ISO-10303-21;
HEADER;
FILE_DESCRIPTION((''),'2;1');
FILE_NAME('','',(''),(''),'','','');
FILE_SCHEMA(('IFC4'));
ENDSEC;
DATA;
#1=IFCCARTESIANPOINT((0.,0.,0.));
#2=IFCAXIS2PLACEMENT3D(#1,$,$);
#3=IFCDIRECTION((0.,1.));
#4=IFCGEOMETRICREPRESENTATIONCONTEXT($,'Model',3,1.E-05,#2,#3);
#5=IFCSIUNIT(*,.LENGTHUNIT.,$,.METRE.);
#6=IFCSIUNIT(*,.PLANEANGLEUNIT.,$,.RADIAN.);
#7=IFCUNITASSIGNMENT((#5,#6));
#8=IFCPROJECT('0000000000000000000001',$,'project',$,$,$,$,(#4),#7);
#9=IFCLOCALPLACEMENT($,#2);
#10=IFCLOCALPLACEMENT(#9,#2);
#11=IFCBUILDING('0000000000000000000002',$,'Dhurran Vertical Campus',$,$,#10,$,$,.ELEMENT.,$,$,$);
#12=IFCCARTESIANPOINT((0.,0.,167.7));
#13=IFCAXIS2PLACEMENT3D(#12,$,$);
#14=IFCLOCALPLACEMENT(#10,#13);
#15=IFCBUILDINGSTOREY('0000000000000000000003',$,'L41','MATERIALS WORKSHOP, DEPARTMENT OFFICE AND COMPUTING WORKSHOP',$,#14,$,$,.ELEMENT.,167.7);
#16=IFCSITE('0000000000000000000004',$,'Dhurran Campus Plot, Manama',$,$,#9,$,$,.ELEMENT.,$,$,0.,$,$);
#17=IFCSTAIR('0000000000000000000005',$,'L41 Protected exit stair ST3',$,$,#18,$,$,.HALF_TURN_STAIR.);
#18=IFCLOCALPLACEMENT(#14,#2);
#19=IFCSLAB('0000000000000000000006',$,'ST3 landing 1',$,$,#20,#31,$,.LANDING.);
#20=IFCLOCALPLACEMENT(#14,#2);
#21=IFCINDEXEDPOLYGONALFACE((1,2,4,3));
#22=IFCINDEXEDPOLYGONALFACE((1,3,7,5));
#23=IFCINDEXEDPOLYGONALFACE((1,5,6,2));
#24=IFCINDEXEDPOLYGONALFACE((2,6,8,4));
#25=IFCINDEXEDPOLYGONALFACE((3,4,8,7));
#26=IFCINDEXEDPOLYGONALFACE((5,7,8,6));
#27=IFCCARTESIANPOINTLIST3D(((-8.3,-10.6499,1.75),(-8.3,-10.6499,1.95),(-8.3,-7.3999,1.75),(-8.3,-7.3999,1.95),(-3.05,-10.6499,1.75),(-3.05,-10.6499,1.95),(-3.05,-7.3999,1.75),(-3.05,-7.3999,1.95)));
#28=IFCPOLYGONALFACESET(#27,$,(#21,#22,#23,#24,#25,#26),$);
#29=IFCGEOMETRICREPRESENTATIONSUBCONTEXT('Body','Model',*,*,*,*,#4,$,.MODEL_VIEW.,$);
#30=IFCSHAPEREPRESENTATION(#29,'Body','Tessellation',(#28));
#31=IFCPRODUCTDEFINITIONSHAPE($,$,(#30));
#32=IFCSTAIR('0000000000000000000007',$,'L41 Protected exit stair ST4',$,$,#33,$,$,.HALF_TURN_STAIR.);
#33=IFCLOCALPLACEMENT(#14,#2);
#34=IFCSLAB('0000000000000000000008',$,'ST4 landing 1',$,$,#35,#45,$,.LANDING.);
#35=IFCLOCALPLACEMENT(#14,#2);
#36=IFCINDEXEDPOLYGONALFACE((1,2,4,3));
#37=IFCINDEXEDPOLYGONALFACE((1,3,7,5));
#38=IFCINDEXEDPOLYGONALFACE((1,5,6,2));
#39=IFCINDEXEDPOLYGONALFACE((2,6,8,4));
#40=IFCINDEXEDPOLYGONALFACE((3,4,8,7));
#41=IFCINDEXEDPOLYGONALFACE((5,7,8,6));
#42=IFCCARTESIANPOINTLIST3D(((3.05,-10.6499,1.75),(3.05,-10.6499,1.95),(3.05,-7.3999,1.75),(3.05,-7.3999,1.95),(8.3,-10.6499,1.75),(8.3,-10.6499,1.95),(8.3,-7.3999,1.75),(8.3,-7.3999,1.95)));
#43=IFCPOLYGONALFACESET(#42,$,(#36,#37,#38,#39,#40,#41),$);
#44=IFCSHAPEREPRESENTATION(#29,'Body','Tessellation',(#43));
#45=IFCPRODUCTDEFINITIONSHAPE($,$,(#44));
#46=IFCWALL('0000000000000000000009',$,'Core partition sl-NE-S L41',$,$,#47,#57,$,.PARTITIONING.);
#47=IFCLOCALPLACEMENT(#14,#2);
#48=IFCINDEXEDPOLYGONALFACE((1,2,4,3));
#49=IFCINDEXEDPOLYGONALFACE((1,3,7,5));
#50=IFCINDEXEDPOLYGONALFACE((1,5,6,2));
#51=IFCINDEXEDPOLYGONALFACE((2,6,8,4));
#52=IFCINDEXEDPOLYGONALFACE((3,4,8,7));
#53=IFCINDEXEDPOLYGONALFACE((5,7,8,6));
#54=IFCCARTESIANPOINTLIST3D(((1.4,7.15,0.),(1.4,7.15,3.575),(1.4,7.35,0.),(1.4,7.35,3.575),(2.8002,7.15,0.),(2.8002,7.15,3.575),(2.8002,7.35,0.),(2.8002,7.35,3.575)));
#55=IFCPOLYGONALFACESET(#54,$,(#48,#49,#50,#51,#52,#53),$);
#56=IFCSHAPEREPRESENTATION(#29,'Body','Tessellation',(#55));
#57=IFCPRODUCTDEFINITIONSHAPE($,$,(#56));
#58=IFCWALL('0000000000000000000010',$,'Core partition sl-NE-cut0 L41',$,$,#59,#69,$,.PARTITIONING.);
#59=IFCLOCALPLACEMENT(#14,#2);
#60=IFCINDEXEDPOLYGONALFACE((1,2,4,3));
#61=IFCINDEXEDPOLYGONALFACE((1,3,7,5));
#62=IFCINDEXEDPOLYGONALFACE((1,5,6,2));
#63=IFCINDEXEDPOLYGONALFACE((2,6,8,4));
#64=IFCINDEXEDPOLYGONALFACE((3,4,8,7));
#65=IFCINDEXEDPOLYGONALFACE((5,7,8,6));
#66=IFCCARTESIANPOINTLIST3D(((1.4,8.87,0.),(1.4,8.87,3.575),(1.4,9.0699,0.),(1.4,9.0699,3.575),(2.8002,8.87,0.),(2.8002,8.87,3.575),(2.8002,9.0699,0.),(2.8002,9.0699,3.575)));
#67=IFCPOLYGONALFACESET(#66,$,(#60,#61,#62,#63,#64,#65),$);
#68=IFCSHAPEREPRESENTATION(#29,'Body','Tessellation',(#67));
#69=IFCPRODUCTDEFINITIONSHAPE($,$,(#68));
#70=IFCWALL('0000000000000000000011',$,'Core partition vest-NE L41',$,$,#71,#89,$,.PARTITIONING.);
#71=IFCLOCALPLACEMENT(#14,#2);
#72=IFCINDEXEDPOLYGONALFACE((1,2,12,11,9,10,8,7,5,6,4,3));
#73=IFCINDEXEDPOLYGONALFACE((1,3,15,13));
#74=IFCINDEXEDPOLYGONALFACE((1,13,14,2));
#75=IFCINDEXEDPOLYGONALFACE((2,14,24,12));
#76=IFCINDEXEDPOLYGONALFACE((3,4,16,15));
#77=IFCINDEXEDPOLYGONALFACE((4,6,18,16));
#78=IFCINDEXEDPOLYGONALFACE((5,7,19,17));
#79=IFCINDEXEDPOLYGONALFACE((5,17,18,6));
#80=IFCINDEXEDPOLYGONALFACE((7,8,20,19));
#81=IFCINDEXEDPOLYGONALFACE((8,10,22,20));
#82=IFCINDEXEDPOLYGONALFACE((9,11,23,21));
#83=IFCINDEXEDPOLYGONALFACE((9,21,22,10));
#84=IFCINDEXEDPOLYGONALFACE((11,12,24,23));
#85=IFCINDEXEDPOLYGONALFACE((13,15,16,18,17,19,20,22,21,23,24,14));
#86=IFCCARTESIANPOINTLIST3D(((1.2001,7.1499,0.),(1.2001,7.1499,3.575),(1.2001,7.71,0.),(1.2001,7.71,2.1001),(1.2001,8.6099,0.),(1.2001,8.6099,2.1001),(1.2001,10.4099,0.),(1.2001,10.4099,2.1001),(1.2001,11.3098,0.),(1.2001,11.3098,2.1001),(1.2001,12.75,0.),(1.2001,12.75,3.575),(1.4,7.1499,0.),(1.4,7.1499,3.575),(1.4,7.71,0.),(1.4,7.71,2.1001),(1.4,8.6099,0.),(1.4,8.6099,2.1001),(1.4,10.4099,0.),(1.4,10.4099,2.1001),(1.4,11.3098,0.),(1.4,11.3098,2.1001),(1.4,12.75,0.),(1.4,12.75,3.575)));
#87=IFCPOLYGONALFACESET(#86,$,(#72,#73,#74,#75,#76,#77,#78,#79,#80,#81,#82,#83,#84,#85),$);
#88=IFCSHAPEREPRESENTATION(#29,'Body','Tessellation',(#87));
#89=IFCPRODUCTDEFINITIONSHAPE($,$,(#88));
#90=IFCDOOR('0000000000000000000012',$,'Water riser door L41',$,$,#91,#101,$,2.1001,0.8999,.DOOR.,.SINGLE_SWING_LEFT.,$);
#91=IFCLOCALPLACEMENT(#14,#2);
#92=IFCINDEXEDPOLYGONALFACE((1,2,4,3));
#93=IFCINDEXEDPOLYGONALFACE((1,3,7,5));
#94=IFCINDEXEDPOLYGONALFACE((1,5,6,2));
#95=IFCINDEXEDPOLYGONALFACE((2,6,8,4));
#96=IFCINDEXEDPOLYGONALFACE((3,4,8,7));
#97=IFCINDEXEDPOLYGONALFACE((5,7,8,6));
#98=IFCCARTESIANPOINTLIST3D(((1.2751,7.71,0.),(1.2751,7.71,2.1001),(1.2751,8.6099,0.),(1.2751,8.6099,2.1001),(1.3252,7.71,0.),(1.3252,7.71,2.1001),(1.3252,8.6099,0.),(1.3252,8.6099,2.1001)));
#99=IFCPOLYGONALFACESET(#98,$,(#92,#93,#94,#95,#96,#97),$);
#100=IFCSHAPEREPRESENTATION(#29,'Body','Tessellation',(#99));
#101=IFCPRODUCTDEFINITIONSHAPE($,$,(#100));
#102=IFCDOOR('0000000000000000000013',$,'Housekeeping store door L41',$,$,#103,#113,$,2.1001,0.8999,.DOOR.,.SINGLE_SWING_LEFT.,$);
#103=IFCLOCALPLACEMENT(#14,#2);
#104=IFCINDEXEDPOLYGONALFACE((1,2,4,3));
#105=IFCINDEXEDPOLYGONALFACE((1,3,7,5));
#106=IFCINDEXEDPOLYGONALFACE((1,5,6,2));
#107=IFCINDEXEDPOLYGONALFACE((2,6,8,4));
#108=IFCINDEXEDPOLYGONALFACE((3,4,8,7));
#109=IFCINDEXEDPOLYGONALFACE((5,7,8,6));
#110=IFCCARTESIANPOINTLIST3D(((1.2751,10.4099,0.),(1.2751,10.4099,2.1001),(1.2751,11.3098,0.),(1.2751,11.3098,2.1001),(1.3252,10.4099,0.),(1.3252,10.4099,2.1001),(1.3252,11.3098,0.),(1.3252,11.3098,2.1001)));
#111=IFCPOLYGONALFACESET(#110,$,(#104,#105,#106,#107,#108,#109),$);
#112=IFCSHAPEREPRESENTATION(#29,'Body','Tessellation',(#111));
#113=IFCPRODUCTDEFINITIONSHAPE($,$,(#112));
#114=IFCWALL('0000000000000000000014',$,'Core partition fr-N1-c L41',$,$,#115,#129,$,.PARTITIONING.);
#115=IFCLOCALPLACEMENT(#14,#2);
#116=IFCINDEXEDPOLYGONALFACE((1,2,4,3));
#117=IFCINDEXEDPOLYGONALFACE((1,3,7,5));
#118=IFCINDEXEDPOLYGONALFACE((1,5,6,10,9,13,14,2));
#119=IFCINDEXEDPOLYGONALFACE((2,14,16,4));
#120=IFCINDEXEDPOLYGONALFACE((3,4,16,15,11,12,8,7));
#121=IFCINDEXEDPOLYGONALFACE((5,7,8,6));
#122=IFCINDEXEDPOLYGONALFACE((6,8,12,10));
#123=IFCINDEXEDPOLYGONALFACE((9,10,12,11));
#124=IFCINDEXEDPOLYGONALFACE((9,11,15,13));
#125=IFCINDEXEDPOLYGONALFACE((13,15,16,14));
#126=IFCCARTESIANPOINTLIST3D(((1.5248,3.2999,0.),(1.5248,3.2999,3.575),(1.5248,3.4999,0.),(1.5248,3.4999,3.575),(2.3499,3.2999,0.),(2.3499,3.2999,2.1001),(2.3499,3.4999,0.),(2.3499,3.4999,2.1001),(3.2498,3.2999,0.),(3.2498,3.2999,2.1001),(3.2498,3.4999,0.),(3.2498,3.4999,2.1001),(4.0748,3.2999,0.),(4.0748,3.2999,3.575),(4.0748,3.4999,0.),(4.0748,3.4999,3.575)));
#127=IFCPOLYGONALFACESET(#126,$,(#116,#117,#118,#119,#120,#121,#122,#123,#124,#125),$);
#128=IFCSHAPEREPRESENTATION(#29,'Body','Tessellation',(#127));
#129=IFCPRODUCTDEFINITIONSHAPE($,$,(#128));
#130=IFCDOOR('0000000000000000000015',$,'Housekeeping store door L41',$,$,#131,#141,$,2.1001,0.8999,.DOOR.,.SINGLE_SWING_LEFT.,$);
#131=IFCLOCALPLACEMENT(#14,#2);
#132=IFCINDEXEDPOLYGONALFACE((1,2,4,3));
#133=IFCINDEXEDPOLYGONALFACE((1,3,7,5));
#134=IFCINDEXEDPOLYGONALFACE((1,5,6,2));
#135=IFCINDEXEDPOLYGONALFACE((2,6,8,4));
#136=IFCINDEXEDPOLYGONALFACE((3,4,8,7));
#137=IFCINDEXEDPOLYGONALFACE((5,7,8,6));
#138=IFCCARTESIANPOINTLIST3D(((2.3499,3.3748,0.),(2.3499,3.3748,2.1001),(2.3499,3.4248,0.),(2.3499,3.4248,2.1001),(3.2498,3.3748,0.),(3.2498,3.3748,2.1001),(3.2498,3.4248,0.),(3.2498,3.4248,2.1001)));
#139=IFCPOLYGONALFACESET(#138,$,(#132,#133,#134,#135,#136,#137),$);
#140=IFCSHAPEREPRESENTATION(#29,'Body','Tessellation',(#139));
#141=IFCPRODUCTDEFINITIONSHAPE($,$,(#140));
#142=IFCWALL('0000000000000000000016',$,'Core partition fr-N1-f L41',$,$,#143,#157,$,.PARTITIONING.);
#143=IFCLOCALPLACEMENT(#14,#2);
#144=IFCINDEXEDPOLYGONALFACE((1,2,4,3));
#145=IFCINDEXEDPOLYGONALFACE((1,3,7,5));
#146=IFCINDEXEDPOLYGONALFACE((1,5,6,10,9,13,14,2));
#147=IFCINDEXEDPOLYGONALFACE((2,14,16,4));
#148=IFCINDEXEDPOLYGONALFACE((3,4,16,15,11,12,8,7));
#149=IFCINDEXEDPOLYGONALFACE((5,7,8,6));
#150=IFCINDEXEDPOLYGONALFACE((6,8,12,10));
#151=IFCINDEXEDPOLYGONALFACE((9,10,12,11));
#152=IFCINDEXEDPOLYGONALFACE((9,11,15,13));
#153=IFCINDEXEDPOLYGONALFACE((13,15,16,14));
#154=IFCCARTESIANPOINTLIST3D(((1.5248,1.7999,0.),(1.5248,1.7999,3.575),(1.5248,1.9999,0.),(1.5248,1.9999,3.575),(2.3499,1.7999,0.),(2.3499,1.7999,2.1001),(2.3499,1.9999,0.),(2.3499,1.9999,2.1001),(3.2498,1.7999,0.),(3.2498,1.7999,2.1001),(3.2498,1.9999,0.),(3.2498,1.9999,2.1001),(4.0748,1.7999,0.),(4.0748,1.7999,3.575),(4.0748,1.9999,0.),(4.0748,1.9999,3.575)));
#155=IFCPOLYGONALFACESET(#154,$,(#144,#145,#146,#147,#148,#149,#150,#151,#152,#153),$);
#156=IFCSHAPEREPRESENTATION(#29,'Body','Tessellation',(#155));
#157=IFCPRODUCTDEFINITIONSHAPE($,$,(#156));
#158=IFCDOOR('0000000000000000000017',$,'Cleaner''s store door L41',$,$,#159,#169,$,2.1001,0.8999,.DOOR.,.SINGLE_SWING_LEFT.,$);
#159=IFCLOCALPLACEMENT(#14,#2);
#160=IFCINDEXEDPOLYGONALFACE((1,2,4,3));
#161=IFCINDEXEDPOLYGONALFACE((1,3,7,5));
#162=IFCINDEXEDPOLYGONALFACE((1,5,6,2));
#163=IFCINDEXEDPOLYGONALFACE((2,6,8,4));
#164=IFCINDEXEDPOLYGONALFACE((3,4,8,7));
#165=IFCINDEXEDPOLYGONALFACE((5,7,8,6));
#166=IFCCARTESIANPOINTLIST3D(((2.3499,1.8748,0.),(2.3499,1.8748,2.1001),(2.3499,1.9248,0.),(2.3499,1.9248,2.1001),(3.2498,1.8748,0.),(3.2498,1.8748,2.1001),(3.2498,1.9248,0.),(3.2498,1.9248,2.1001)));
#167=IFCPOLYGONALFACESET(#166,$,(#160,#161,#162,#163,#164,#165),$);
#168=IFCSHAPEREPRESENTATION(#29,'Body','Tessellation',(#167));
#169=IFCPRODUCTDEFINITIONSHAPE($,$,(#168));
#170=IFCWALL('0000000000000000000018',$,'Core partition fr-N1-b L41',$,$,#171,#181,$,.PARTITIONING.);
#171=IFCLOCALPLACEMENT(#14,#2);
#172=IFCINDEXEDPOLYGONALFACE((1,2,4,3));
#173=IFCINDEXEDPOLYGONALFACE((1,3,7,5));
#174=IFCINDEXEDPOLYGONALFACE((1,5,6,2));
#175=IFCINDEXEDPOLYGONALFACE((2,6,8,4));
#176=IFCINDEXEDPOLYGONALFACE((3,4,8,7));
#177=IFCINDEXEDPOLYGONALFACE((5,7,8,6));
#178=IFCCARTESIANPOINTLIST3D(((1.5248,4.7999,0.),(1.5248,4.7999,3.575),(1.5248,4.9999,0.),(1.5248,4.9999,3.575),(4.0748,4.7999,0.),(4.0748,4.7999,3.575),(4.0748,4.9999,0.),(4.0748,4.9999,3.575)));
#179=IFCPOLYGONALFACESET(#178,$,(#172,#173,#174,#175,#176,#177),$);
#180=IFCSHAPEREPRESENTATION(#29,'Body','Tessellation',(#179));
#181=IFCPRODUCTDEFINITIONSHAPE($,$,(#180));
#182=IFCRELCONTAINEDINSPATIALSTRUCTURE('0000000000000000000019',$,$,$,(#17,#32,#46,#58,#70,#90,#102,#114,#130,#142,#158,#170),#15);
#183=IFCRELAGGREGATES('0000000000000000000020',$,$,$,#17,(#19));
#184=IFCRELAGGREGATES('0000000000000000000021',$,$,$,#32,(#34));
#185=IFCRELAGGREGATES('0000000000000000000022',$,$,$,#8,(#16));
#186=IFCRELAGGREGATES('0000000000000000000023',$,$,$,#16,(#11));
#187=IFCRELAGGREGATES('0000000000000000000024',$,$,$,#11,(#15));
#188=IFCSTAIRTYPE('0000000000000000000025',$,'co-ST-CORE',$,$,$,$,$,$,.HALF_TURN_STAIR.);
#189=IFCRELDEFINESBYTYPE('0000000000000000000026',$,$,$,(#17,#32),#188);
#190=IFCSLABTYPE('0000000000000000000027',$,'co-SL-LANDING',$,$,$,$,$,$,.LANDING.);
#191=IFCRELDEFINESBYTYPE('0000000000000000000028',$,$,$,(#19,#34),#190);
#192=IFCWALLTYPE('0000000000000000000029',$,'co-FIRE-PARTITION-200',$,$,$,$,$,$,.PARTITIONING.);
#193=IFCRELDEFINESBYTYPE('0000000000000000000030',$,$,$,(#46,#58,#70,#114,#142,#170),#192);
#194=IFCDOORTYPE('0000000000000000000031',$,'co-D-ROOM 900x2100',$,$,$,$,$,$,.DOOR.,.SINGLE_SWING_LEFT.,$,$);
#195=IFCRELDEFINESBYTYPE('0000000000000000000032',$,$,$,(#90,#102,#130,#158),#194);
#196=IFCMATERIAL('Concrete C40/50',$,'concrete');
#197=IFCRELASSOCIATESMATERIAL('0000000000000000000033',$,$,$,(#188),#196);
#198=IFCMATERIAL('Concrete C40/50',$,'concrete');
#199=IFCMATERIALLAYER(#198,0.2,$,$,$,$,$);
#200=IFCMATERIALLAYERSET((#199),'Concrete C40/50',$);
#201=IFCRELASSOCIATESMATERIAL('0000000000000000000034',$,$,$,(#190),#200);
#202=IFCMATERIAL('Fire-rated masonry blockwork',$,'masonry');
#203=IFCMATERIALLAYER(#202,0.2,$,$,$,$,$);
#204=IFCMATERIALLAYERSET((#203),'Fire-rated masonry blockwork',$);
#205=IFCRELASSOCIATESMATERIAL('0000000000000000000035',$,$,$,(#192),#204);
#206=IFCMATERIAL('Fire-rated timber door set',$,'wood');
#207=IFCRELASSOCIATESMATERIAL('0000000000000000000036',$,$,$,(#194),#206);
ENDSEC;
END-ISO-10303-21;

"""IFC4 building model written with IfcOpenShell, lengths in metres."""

from ifc_helpers import new_model, si_unit, direction, frame, frame_2d, origin, place, context, subcontext, project, spatial, polyline, rectangle, outline, extrude, material, layer, layer_set, type_object, element, fill, aggregate, save


model = new_model("IFC4")

# Units and contexts
model_context = context("Model", 3, precision=1e-05, world=origin(), true_north=direction((0.0, 1.0)))
body_context = subcontext(model_context, "Body", "Model", "MODEL_VIEW")
ifc_project = project(units=[si_unit("LENGTHUNIT", "METRE"), si_unit("PLANEANGLEUNIT", "RADIAN")], contexts=[model_context])

# Site, building, storey
site_placement = place(None, origin())
site = spatial("IfcSite", under=ifc_project, at=site_placement, Name="Dhurran Campus Plot, Manama", CompositionType="ELEMENT", RefElevation=0.0)
building_placement = place(site_placement, origin())
building = spatial("IfcBuilding", under=site, at=building_placement, Name="Dhurran Vertical Campus", CompositionType="ELEMENT")
storey_placement = place(building_placement, frame((0.0, 0.0, 167.7)))
storey = spatial("IfcBuildingStorey", under=building, at=storey_placement, Name="L41", Description="MATERIALS WORKSHOP, DEPARTMENT OFFICE AND COMPUTING WORKSHOP", CompositionType="ELEMENT", Elevation=167.7)

# Stairs, slabs
ifc_material_1 = material(Name="Concrete C40/50", Category="concrete")
stair_type = type_object("IfcStairType", Name="co-ST-CORE", PredefinedType="HALF_TURN_STAIR", material=ifc_material_1)
stair_1_placement = place(storey_placement, origin())
stair_1 = element("IfcStair", 1, at=stair_1_placement, inside=storey, type_object=stair_type, Name="L41 Protected exit stair ST3", PredefinedType="HALF_TURN_STAIR")
ifc_material_2 = material(Name="Concrete C40/50", Category="concrete")
ifc_layer_1 = layer(ifc_material_2, 0.2)
ifc_layer_set_1 = layer_set([ifc_layer_1], Name="Concrete C40/50")
slab_type = type_object("IfcSlabType", Name="co-SL-LANDING", PredefinedType="LANDING", material=ifc_layer_set_1)
slab_1_placement = place(storey_placement, frame((0.0, 0.0, 1.75)))
slab_1 = element("IfcSlab", 2, at=slab_1_placement, type_object=slab_type, Name="ST3 landing 1", PredefinedType="LANDING", context=body_context, shape_type="SweptSolid", body=[
    extrude(outline(polyline([(-8.3, -10.6499), (-3.05, -10.6499), (-3.05, -7.3999), (-8.3, -7.3999), (-8.3, -10.6499)])), origin(), (0.0, 0.0, 1.0), 0.2),
])
aggregate(stair_1, [slab_1])
stair_2_placement = place(storey_placement, origin())
stair_2 = element("IfcStair", 3, at=stair_2_placement, inside=storey, type_object=stair_type, Name="L41 Protected exit stair ST4", PredefinedType="HALF_TURN_STAIR")
slab_2_placement = place(storey_placement, frame((0.0, 0.0, 1.75)))
slab_2 = element("IfcSlab", 4, at=slab_2_placement, type_object=slab_type, Name="ST4 landing 1", PredefinedType="LANDING", context=body_context, shape_type="SweptSolid", body=[
    extrude(outline(polyline([(8.3, -7.3999), (3.05, -7.3999), (3.05, -10.6499), (8.3, -10.6499), (8.3, -7.3999)])), origin(), (0.0, 0.0, 1.0), 0.2),
])
aggregate(stair_2, [slab_2])

# Walls
ifc_material_3 = material(Name="Fire-rated masonry blockwork", Category="masonry")
ifc_layer_2 = layer(ifc_material_3, 0.2)
ifc_layer_set_2 = layer_set([ifc_layer_2], Name="Fire-rated masonry blockwork")
wall_type_1 = type_object("IfcWallType", Name="co-FIRE-PARTITION-200", PredefinedType="PARTITIONING", material=ifc_layer_set_2)
for number, where, z_axis, x_axis, name in (
    (5, (1.3999, 7.25, 0.0), (0.0, 0.0, 1.0), (1.0, 0.0, 0.0), "Core partition sl-NE-S L41"),
    (6, (1.3999, 8.97, 0.0), (0.0, 0.0, 1.0), (1.0, 0.0, 0.0), "Core partition sl-NE-cut0 L41"),
):
    element("IfcWall", number, at=place(storey_placement, frame(where, z_axis=z_axis, x_axis=x_axis)), inside=storey, type_object=wall_type_1, Name=name, PredefinedType="PARTITIONING", context=body_context, shape_type="SweptSolid", body=[
        extrude(rectangle(XDim=1.4001, YDim=0.2, at=frame_2d((0.7002, 0.0))), origin(), (0.0, 0.0, 1.0), 3.575),
    ])

# Wall, openings, doors
wall_1_placement = place(storey_placement, frame((1.3, 7.1499, 0.0), z_axis=(0.0, 0.0, 1.0), x_axis=(0.0, 1.0, 0.0)))
wall_1 = element("IfcWall", 7, at=wall_1_placement, inside=storey, type_object=wall_type_1, Name="Core partition vest-NE L41", PredefinedType="PARTITIONING", context=body_context, shape_type="SweptSolid", body=[
    extrude(rectangle(XDim=5.6001, YDim=0.2, at=frame_2d((2.8, 0.0))), origin(), (0.0, 0.0, 1.0), 3.575),
])
opening_1_placement = place(wall_1_placement, frame((0.5601, 0.0, 0.0)))
opening_1 = element("IfcOpeningElement", 8, at=opening_1_placement, cuts=wall_1, PredefinedType="OPENING", context=body_context, shape_type="SweptSolid", body=[
    extrude(rectangle(XDim=0.8999, YDim=2.1001, at=frame_2d((0.45, 1.05))), frame((0.0, 0.1099, 0.0), z_axis=(0.0, -1.0, 0.0), x_axis=(1.0, 0.0, 0.0)), (0.0, 0.0, 1.0), 0.22),
])
opening_2_placement = place(wall_1_placement, frame((3.26, 0.0, 0.0)))
opening_2 = element("IfcOpeningElement", 9, at=opening_2_placement, cuts=wall_1, PredefinedType="OPENING", context=body_context, shape_type="SweptSolid", body=[
    extrude(rectangle(XDim=0.8999, YDim=2.1001, at=frame_2d((0.45, 1.05))), frame((0.0, 0.1099, 0.0), z_axis=(0.0, -1.0, 0.0), x_axis=(1.0, 0.0, 0.0)), (0.0, 0.0, 1.0), 0.22),
])
ifc_material_4 = material(Name="Fire-rated timber door set", Category="wood")
door_type_1 = type_object("IfcDoorType", Name="co-D-ROOM 900x2100", OperationType="SINGLE_SWING_LEFT", PredefinedType="DOOR", material=ifc_material_4)
door_1_placement = place(opening_1_placement, origin())
door_1 = element("IfcDoor", 10, at=door_1_placement, inside=storey, type_object=door_type_1, Name="Water riser door L41", OperationType="SINGLE_SWING_LEFT", OverallHeight=2.1001, OverallWidth=0.8999, PredefinedType="DOOR", context=body_context, shape_type="SweptSolid", body=[
    extrude(rectangle(XDim=0.8999, YDim=2.1001, at=frame_2d((0.45, 1.05))), frame((0.0, 0.0249, 0.0), z_axis=(0.0, -1.0, 0.0), x_axis=(1.0, 0.0, 0.0)), (0.0, 0.0, 1.0), 0.05),
])
fill(opening_1, door_1)
door_2_placement = place(opening_2_placement, origin())
door_2 = element("IfcDoor", 11, at=door_2_placement, inside=storey, type_object=door_type_1, Name="Housekeeping store door L41", OperationType="SINGLE_SWING_LEFT", OverallHeight=2.1001, OverallWidth=0.8999, PredefinedType="DOOR", context=body_context, shape_type="SweptSolid", body=[
    extrude(rectangle(XDim=0.8999, YDim=2.1001, at=frame_2d((0.45, 1.05))), frame((0.0, 0.0249, 0.0), z_axis=(0.0, -1.0, 0.0), x_axis=(1.0, 0.0, 0.0)), (0.0, 0.0, 1.0), 0.05),
])
fill(opening_2, door_2)

# Walls, openings, doors
wall_2_placement = place(storey_placement, frame((1.5249, 3.3999, 0.0), z_axis=(0.0, 0.0, 1.0), x_axis=(1.0, 0.0, 0.0)))
wall_2 = element("IfcWall", 12, at=wall_2_placement, inside=storey, type_object=wall_type_1, Name="Core partition fr-N1-c L41", PredefinedType="PARTITIONING", context=body_context, shape_type="SweptSolid", body=[
    extrude(rectangle(XDim=2.55, YDim=0.2, at=frame_2d((1.2749, 0.0))), origin(), (0.0, 0.0, 1.0), 3.575),
])
opening_3_placement = place(wall_2_placement, frame((0.825, 0.0, 0.0)))
opening_3 = element("IfcOpeningElement", 13, at=opening_3_placement, cuts=wall_2, PredefinedType="OPENING", context=body_context, shape_type="SweptSolid", body=[
    extrude(rectangle(XDim=0.8999, YDim=2.1001, at=frame_2d((0.45, 1.05))), frame((0.0, 0.1099, 0.0), z_axis=(0.0, -1.0, 0.0), x_axis=(1.0, 0.0, 0.0)), (0.0, 0.0, 1.0), 0.22),
])
door_3_placement = place(opening_3_placement, origin())
door_3 = element("IfcDoor", 14, at=door_3_placement, inside=storey, type_object=door_type_1, Name="Housekeeping store door L41", OperationType="SINGLE_SWING_LEFT", OverallHeight=2.1001, OverallWidth=0.8999, PredefinedType="DOOR", context=body_context, shape_type="SweptSolid", body=[
    extrude(rectangle(XDim=0.8999, YDim=2.1001, at=frame_2d((0.45, 1.05))), frame((0.0, 0.0249, 0.0), z_axis=(0.0, -1.0, 0.0), x_axis=(1.0, 0.0, 0.0)), (0.0, 0.0, 1.0), 0.05),
])
fill(opening_3, door_3)
wall_3_placement = place(storey_placement, frame((1.5249, 1.8999, 0.0), z_axis=(0.0, 0.0, 1.0), x_axis=(1.0, 0.0, 0.0)))
wall_3 = element("IfcWall", 15, at=wall_3_placement, inside=storey, type_object=wall_type_1, Name="Core partition fr-N1-f L41", PredefinedType="PARTITIONING", context=body_context, shape_type="SweptSolid", body=[
    extrude(rectangle(XDim=2.55, YDim=0.2, at=frame_2d((1.2749, 0.0))), origin(), (0.0, 0.0, 1.0), 3.575),
])
opening_4_placement = place(wall_3_placement, frame((0.825, 0.0, 0.0)))
opening_4 = element("IfcOpeningElement", 16, at=opening_4_placement, cuts=wall_3, PredefinedType="OPENING", context=body_context, shape_type="SweptSolid", body=[
    extrude(rectangle(XDim=0.8999, YDim=2.1001, at=frame_2d((0.45, 1.05))), frame((0.0, 0.1099, 0.0), z_axis=(0.0, -1.0, 0.0), x_axis=(1.0, 0.0, 0.0)), (0.0, 0.0, 1.0), 0.22),
])
door_4_placement = place(opening_4_placement, origin())
door_4 = element("IfcDoor", 17, at=door_4_placement, inside=storey, type_object=door_type_1, Name="Cleaner's store door L41", OperationType="SINGLE_SWING_LEFT", OverallHeight=2.1001, OverallWidth=0.8999, PredefinedType="DOOR", context=body_context, shape_type="SweptSolid", body=[
    extrude(rectangle(XDim=0.8999, YDim=2.1001, at=frame_2d((0.45, 1.05))), frame((0.0, 0.0249, 0.0), z_axis=(0.0, -1.0, 0.0), x_axis=(1.0, 0.0, 0.0)), (0.0, 0.0, 1.0), 0.05),
])
fill(opening_4, door_4)

# Wall
wall_4_placement = place(storey_placement, frame((1.5249, 4.8999, 0.0), z_axis=(0.0, 0.0, 1.0), x_axis=(1.0, 0.0, 0.0)))
element("IfcWall", 18, at=wall_4_placement, inside=storey, type_object=wall_type_1, Name="Core partition fr-N1-b L41", PredefinedType="PARTITIONING", context=body_context, shape_type="SweptSolid", body=[
    extrude(rectangle(XDim=2.55, YDim=0.2, at=frame_2d((1.2749, 0.0))), origin(), (0.0, 0.0, 1.0), 3.575),
])

save(model, "model.ifc")
